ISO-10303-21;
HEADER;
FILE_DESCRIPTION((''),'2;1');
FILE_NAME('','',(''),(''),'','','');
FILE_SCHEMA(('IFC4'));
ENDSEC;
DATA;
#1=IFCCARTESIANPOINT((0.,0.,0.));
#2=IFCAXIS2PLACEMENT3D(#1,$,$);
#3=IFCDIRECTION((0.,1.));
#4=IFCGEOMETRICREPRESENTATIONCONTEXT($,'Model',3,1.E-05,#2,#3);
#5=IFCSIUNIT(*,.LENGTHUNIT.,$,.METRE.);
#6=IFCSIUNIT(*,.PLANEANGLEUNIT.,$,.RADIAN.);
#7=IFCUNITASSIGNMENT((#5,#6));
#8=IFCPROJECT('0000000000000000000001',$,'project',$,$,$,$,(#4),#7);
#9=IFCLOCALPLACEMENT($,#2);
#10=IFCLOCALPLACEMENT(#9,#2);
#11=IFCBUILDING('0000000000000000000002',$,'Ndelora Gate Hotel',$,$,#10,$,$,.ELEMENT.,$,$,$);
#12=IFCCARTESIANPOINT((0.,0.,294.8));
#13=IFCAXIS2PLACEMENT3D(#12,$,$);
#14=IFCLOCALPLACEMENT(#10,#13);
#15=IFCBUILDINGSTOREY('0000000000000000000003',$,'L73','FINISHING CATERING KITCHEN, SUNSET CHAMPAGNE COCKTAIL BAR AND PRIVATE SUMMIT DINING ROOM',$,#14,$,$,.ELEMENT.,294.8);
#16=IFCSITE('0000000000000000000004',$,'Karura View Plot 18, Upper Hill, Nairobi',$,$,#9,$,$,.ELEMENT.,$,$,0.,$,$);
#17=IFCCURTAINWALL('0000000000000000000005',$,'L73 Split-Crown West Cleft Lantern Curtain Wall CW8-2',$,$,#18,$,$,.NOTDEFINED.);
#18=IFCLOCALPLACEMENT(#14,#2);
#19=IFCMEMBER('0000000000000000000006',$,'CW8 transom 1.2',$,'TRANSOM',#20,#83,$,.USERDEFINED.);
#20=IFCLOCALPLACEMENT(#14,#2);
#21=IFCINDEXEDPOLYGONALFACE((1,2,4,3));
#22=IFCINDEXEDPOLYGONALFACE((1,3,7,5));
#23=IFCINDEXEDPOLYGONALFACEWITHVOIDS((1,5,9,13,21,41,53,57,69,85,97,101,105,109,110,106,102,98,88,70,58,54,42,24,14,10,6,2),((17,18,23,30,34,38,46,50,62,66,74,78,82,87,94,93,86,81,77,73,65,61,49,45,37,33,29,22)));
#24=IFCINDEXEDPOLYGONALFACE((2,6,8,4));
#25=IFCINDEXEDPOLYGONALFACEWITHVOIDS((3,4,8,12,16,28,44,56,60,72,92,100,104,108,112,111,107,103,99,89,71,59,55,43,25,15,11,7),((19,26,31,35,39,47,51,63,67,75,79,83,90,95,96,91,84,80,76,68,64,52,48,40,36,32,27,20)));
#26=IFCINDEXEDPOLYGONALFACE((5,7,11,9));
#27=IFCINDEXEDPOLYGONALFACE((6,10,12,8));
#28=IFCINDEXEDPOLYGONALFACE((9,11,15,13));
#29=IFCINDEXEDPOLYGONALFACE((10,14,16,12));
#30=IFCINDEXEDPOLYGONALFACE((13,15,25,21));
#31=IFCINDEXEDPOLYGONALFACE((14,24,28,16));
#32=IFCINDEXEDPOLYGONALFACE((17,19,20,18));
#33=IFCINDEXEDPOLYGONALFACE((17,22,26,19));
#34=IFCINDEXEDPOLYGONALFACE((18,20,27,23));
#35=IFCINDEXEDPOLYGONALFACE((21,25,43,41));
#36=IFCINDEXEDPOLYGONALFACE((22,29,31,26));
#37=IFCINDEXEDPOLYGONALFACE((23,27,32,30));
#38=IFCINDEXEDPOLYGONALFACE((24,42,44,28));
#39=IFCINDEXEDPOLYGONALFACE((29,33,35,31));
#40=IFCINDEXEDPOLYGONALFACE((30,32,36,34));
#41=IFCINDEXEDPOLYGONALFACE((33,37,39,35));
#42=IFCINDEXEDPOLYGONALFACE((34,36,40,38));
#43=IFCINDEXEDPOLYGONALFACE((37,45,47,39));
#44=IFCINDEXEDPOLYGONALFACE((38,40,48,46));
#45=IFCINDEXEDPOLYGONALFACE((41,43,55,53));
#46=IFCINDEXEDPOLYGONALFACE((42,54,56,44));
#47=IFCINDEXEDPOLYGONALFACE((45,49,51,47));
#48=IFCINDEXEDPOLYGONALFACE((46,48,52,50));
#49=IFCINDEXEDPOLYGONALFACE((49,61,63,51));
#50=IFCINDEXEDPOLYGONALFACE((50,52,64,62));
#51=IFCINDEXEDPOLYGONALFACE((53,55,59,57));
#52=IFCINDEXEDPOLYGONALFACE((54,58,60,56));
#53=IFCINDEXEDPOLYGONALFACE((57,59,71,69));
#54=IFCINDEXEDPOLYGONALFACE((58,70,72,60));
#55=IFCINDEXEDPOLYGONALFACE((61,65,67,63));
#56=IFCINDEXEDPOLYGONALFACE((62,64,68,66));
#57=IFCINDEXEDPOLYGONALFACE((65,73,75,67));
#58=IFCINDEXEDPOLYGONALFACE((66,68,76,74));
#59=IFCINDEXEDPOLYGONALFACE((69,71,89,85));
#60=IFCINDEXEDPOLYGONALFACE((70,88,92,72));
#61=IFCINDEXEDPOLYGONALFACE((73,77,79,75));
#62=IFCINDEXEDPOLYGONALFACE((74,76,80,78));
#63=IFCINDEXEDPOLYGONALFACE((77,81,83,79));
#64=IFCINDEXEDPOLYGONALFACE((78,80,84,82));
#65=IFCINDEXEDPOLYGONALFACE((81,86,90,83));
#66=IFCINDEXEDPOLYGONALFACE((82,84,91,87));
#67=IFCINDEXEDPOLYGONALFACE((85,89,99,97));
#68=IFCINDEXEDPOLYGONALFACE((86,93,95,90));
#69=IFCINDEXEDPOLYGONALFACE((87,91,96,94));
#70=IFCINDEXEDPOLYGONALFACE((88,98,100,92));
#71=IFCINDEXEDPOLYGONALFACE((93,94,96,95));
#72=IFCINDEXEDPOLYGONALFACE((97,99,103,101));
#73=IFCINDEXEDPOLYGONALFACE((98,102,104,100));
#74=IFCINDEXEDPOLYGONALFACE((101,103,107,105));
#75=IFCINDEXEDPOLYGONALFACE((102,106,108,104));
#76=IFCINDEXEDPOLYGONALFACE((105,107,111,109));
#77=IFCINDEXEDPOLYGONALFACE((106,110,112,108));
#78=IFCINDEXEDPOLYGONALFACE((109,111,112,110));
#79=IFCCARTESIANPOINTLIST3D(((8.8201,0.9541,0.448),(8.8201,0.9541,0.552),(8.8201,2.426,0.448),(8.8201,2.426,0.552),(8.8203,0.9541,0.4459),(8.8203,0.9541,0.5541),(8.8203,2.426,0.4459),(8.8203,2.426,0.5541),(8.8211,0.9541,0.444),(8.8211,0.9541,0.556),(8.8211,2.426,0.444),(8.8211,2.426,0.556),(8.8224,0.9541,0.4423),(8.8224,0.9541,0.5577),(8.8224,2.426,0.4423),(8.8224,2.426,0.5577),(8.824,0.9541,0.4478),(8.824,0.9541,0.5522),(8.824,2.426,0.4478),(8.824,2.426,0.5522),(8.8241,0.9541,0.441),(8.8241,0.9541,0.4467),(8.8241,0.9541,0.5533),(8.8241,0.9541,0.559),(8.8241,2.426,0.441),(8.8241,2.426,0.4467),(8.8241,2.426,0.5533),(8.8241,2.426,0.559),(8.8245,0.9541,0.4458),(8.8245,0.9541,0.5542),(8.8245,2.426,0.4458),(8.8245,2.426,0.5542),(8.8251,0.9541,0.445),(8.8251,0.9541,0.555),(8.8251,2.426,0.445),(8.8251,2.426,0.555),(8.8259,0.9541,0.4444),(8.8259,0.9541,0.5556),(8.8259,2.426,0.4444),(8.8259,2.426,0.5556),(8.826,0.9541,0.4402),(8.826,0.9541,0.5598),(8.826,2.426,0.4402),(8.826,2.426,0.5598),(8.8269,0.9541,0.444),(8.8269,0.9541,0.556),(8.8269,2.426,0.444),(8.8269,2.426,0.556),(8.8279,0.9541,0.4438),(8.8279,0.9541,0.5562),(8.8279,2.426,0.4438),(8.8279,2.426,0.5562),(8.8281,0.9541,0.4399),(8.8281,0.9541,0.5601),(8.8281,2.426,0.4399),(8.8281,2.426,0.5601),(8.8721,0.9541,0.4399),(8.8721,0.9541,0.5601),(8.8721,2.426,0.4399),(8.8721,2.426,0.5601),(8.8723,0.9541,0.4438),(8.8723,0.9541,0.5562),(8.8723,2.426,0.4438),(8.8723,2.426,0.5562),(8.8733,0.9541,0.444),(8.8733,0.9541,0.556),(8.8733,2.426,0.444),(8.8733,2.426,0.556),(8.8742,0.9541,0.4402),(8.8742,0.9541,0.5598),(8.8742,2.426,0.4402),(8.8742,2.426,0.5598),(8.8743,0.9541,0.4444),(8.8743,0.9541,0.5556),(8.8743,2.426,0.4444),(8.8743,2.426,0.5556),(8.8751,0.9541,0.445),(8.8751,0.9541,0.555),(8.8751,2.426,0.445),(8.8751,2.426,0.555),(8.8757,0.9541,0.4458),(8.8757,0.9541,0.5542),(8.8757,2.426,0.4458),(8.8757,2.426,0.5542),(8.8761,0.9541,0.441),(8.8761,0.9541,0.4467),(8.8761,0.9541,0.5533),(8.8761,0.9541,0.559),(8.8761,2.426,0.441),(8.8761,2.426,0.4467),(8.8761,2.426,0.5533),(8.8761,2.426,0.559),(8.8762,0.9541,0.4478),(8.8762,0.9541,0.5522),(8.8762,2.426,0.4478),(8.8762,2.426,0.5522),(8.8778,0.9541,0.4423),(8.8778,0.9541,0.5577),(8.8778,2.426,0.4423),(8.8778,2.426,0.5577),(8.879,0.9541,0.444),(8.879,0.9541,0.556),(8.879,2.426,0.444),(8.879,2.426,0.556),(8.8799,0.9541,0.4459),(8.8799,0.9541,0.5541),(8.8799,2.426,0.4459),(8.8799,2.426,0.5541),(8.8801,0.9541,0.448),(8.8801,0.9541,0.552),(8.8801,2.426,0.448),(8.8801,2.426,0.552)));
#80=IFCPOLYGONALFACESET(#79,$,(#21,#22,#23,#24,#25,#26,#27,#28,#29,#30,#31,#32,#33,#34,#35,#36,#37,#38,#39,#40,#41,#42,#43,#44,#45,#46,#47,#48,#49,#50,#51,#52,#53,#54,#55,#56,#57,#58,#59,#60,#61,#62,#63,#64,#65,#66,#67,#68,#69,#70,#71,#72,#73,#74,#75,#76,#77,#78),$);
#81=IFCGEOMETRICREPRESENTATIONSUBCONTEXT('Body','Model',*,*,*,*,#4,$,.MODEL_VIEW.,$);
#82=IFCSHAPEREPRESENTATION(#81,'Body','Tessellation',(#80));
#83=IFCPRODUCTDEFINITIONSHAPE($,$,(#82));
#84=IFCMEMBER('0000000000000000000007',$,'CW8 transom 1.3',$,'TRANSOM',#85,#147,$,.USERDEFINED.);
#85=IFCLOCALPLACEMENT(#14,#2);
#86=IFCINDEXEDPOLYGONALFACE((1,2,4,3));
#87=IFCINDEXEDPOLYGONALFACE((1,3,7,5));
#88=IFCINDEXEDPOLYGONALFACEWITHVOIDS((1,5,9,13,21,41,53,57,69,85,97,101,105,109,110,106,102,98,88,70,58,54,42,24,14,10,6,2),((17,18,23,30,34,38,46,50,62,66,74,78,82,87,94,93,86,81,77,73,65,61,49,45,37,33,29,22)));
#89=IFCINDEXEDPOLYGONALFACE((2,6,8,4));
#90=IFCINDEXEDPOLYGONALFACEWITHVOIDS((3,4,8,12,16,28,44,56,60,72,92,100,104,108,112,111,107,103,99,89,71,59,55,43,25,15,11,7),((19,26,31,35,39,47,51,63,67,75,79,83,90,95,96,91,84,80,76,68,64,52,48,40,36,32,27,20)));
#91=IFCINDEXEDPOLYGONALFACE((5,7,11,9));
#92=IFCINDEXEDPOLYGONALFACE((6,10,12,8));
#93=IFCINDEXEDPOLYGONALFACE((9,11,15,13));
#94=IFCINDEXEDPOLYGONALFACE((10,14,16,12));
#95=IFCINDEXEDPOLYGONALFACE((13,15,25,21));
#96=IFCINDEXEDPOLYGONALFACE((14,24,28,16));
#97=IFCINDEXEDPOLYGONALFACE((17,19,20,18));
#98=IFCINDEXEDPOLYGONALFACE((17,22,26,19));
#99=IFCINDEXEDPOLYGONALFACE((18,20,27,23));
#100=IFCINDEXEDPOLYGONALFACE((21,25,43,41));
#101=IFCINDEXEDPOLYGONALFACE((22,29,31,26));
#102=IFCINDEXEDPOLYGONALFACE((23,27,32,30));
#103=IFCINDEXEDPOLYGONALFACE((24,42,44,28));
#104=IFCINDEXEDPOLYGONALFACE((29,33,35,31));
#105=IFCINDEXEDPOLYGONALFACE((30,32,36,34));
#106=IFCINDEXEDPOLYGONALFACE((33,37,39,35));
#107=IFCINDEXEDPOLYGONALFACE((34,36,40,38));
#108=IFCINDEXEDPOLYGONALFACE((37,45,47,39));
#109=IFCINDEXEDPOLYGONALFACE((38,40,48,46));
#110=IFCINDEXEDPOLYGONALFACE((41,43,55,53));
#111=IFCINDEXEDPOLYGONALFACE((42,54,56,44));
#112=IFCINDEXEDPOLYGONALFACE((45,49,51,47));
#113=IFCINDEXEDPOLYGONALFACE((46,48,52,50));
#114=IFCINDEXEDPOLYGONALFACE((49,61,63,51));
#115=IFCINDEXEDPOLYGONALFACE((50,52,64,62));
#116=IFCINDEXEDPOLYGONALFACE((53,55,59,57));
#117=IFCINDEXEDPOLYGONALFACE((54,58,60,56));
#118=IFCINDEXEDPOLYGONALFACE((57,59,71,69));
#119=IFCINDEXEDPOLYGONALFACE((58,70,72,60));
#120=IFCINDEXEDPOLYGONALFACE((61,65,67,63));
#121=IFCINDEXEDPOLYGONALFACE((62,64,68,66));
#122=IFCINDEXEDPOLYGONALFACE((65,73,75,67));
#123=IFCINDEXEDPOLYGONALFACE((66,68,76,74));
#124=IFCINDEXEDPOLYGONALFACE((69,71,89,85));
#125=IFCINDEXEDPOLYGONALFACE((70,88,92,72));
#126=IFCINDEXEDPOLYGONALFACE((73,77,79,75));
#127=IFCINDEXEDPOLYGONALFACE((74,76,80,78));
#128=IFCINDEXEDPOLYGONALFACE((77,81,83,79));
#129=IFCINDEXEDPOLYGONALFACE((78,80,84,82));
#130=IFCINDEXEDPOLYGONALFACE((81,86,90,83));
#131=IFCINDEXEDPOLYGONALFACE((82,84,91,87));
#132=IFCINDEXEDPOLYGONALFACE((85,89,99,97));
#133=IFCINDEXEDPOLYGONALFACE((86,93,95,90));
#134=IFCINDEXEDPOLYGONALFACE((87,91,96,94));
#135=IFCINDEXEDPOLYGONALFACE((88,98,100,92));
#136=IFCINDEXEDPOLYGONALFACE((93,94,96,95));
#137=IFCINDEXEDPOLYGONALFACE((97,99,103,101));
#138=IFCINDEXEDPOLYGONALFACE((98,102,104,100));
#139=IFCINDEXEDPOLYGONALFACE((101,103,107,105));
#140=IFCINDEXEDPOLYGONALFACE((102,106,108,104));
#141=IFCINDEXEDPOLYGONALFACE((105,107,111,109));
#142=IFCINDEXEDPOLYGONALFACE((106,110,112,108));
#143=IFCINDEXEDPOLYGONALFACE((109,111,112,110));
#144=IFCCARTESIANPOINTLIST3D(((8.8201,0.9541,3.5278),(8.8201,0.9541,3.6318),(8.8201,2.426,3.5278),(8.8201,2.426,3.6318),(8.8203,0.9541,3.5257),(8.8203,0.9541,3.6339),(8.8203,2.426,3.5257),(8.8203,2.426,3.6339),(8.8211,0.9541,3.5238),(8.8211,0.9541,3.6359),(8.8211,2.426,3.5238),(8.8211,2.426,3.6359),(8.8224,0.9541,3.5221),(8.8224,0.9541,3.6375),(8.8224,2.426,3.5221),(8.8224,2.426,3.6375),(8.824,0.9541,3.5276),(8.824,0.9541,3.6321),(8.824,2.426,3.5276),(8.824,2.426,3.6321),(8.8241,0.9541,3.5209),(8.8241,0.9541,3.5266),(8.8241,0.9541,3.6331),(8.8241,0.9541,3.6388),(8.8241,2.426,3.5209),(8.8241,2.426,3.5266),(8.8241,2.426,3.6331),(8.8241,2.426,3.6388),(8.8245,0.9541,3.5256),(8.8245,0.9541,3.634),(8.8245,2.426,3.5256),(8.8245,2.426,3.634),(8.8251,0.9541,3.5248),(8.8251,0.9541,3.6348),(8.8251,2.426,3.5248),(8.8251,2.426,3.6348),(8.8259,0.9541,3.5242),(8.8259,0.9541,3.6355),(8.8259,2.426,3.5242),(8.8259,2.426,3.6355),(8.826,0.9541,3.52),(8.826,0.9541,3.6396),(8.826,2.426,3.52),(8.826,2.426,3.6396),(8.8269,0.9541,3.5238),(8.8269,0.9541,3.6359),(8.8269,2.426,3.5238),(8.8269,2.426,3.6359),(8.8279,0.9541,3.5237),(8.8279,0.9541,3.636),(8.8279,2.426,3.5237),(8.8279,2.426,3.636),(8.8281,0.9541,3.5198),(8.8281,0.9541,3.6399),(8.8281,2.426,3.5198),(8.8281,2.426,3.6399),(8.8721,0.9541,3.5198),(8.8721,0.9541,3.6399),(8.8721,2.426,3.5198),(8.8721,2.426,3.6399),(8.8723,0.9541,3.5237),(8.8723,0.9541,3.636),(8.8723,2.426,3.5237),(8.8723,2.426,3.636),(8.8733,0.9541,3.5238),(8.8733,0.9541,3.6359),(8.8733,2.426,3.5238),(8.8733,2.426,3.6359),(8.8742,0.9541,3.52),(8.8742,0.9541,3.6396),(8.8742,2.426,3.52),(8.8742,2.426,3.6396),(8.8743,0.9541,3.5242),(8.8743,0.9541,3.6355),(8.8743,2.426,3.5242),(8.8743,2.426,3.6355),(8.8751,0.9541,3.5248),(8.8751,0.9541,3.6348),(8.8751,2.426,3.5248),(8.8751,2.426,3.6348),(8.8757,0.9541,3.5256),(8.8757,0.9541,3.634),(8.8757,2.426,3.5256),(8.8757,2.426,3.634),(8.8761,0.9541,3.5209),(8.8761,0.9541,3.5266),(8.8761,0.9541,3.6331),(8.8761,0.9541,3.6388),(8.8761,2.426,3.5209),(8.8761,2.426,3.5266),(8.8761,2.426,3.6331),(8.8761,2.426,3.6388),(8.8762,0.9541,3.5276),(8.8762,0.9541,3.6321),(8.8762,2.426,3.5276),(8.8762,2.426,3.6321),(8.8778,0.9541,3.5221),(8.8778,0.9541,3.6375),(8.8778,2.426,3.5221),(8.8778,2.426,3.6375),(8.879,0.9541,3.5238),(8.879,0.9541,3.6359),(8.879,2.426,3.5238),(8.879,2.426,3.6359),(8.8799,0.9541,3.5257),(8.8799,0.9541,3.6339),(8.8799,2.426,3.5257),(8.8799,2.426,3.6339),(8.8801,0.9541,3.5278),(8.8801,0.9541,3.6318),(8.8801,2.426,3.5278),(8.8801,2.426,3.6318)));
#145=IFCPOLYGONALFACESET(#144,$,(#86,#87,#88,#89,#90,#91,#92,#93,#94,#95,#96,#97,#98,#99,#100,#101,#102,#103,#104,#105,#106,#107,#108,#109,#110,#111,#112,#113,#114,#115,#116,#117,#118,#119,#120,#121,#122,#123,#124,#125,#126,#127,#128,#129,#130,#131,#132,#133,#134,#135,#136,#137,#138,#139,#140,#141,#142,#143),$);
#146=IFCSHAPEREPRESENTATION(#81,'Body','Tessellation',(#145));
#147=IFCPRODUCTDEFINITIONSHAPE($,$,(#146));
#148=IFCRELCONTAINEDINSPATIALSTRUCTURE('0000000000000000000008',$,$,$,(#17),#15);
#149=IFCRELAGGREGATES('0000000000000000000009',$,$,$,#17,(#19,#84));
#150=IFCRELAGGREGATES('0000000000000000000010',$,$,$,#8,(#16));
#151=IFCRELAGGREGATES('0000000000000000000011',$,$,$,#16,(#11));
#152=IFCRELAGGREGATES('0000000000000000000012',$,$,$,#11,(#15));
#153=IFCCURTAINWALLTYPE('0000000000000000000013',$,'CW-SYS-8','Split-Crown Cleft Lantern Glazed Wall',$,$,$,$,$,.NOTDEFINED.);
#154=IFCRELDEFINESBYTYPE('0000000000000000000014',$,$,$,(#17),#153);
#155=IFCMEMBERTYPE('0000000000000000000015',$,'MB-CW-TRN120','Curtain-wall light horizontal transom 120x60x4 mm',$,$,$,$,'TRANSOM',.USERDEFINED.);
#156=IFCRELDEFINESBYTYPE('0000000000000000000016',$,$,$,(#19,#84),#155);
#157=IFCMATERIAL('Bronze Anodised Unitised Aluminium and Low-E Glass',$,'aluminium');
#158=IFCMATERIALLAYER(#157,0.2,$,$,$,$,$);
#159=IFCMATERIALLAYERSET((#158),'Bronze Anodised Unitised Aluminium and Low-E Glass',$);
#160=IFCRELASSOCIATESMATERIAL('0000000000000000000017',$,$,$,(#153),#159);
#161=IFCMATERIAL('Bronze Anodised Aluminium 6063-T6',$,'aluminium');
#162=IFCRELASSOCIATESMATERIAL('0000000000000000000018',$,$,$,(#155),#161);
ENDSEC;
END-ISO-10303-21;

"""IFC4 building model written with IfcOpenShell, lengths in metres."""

from ifc_helpers import new_model, si_unit, direction, frame, origin, origin_2d, place, context, subcontext, project, spatial, hollow_rectangle, extrude, material, layer, layer_set, material_profile, profile_set, type_object, element, aggregate, save


model = new_model("IFC4")

# Units and contexts
model_context = context("Model", 3, precision=1e-05, world=origin(), true_north=direction((0.0, 1.0)))
body_context = subcontext(model_context, "Body", "Model", "MODEL_VIEW")
ifc_project = project(units=[si_unit("LENGTHUNIT", "METRE"), si_unit("PLANEANGLEUNIT", "RADIAN")], contexts=[model_context])

# Site, building, storey
site_placement = place(None, origin())
site = spatial("IfcSite", under=ifc_project, at=site_placement, Name="Karura View Plot 18, Upper Hill, Nairobi", CompositionType="ELEMENT", RefElevation=0.0)
building_placement = place(site_placement, origin())
building = spatial("IfcBuilding", under=site, at=building_placement, Name="Ndelora Gate Hotel", CompositionType="ELEMENT")
storey_placement = place(building_placement, frame((0.0, 0.0, 294.8)))
storey = spatial("IfcBuildingStorey", under=building, at=storey_placement, Name="L73", Description="FINISHING CATERING KITCHEN, SUNSET CHAMPAGNE COCKTAIL BAR AND PRIVATE SUMMIT DINING ROOM", CompositionType="ELEMENT", Elevation=294.8)

# Curtain wall, members
ifc_material_1 = material(Name="Bronze Anodised Unitised Aluminium and Low-E Glass", Category="aluminium")
ifc_layer_1 = layer(ifc_material_1, 0.2)
ifc_layer_set_1 = layer_set([ifc_layer_1], Name="Bronze Anodised Unitised Aluminium and Low-E Glass")
curtain_wall_type = type_object("IfcCurtainWallType", Name="CW-SYS-8", Description="Split-Crown Cleft Lantern Glazed Wall", PredefinedType="NOTDEFINED", material=ifc_layer_set_1)
curtain_wall_1_placement = place(storey_placement, origin())
curtain_wall_1 = element("IfcCurtainWall", 1, at=curtain_wall_1_placement, inside=storey, type_object=curtain_wall_type, Name="L73 Split-Crown West Cleft Lantern Curtain Wall CW8-2", PredefinedType="NOTDEFINED")
ifc_material_2 = material(Name="Bronze Anodised Aluminium 6063-T6", Category="aluminium")
ifc_material_profile_1 = material_profile(ifc_material_2, hollow_rectangle(XDim=0.0601, YDim=0.1201, WallThickness=0.0039, InnerFilletRadius=0.0039, OuterFilletRadius=0.0081, at=origin_2d()), Name="ALU 120x60x4")
ifc_profile_set_1 = profile_set([ifc_material_profile_1], Name="Bronze Anodised Aluminium 6063-T6")
member_type_1 = type_object("IfcMemberType", Name="MB-CW-TRN120", Description="Curtain-wall light horizontal transom 120x60x4 mm", ElementType="TRANSOM", PredefinedType="USERDEFINED", material=ifc_profile_set_1)
member_1_placement = place(storey_placement, frame((8.8501, 0.9541, 0.5), z_axis=(0.0, 1.0, 0.0), x_axis=(-1.0, 0.0, 0.0)))
member_1 = element("IfcMember", 2, at=member_1_placement, type_object=member_type_1, Name="CW8 transom 1.2", ObjectType="TRANSOM", PredefinedType="USERDEFINED", context=body_context, shape_type="SweptSolid", body=[
    extrude(hollow_rectangle(XDim=0.0601, YDim=0.1201, WallThickness=0.0039, InnerFilletRadius=0.0039, OuterFilletRadius=0.0081, at=origin_2d()), origin(), (0.0, 0.0, 1.0), 1.4719),
])
member_2_placement = place(storey_placement, frame((8.8501, 0.9541, 3.5798), z_axis=(0.0, 1.0, 0.0), x_axis=(-1.0, 0.0, 0.0)))
member_2 = element("IfcMember", 3, at=member_2_placement, type_object=member_type_1, Name="CW8 transom 1.3", ObjectType="TRANSOM", PredefinedType="USERDEFINED", context=body_context, shape_type="SweptSolid", body=[
    extrude(hollow_rectangle(XDim=0.0601, YDim=0.1201, WallThickness=0.0039, InnerFilletRadius=0.0039, OuterFilletRadius=0.0081, at=origin_2d()), origin(), (0.0, 0.0, 1.0), 1.4719),
])

aggregate(curtain_wall_1, [member_1, member_2])

save(model, "model.ifc")
